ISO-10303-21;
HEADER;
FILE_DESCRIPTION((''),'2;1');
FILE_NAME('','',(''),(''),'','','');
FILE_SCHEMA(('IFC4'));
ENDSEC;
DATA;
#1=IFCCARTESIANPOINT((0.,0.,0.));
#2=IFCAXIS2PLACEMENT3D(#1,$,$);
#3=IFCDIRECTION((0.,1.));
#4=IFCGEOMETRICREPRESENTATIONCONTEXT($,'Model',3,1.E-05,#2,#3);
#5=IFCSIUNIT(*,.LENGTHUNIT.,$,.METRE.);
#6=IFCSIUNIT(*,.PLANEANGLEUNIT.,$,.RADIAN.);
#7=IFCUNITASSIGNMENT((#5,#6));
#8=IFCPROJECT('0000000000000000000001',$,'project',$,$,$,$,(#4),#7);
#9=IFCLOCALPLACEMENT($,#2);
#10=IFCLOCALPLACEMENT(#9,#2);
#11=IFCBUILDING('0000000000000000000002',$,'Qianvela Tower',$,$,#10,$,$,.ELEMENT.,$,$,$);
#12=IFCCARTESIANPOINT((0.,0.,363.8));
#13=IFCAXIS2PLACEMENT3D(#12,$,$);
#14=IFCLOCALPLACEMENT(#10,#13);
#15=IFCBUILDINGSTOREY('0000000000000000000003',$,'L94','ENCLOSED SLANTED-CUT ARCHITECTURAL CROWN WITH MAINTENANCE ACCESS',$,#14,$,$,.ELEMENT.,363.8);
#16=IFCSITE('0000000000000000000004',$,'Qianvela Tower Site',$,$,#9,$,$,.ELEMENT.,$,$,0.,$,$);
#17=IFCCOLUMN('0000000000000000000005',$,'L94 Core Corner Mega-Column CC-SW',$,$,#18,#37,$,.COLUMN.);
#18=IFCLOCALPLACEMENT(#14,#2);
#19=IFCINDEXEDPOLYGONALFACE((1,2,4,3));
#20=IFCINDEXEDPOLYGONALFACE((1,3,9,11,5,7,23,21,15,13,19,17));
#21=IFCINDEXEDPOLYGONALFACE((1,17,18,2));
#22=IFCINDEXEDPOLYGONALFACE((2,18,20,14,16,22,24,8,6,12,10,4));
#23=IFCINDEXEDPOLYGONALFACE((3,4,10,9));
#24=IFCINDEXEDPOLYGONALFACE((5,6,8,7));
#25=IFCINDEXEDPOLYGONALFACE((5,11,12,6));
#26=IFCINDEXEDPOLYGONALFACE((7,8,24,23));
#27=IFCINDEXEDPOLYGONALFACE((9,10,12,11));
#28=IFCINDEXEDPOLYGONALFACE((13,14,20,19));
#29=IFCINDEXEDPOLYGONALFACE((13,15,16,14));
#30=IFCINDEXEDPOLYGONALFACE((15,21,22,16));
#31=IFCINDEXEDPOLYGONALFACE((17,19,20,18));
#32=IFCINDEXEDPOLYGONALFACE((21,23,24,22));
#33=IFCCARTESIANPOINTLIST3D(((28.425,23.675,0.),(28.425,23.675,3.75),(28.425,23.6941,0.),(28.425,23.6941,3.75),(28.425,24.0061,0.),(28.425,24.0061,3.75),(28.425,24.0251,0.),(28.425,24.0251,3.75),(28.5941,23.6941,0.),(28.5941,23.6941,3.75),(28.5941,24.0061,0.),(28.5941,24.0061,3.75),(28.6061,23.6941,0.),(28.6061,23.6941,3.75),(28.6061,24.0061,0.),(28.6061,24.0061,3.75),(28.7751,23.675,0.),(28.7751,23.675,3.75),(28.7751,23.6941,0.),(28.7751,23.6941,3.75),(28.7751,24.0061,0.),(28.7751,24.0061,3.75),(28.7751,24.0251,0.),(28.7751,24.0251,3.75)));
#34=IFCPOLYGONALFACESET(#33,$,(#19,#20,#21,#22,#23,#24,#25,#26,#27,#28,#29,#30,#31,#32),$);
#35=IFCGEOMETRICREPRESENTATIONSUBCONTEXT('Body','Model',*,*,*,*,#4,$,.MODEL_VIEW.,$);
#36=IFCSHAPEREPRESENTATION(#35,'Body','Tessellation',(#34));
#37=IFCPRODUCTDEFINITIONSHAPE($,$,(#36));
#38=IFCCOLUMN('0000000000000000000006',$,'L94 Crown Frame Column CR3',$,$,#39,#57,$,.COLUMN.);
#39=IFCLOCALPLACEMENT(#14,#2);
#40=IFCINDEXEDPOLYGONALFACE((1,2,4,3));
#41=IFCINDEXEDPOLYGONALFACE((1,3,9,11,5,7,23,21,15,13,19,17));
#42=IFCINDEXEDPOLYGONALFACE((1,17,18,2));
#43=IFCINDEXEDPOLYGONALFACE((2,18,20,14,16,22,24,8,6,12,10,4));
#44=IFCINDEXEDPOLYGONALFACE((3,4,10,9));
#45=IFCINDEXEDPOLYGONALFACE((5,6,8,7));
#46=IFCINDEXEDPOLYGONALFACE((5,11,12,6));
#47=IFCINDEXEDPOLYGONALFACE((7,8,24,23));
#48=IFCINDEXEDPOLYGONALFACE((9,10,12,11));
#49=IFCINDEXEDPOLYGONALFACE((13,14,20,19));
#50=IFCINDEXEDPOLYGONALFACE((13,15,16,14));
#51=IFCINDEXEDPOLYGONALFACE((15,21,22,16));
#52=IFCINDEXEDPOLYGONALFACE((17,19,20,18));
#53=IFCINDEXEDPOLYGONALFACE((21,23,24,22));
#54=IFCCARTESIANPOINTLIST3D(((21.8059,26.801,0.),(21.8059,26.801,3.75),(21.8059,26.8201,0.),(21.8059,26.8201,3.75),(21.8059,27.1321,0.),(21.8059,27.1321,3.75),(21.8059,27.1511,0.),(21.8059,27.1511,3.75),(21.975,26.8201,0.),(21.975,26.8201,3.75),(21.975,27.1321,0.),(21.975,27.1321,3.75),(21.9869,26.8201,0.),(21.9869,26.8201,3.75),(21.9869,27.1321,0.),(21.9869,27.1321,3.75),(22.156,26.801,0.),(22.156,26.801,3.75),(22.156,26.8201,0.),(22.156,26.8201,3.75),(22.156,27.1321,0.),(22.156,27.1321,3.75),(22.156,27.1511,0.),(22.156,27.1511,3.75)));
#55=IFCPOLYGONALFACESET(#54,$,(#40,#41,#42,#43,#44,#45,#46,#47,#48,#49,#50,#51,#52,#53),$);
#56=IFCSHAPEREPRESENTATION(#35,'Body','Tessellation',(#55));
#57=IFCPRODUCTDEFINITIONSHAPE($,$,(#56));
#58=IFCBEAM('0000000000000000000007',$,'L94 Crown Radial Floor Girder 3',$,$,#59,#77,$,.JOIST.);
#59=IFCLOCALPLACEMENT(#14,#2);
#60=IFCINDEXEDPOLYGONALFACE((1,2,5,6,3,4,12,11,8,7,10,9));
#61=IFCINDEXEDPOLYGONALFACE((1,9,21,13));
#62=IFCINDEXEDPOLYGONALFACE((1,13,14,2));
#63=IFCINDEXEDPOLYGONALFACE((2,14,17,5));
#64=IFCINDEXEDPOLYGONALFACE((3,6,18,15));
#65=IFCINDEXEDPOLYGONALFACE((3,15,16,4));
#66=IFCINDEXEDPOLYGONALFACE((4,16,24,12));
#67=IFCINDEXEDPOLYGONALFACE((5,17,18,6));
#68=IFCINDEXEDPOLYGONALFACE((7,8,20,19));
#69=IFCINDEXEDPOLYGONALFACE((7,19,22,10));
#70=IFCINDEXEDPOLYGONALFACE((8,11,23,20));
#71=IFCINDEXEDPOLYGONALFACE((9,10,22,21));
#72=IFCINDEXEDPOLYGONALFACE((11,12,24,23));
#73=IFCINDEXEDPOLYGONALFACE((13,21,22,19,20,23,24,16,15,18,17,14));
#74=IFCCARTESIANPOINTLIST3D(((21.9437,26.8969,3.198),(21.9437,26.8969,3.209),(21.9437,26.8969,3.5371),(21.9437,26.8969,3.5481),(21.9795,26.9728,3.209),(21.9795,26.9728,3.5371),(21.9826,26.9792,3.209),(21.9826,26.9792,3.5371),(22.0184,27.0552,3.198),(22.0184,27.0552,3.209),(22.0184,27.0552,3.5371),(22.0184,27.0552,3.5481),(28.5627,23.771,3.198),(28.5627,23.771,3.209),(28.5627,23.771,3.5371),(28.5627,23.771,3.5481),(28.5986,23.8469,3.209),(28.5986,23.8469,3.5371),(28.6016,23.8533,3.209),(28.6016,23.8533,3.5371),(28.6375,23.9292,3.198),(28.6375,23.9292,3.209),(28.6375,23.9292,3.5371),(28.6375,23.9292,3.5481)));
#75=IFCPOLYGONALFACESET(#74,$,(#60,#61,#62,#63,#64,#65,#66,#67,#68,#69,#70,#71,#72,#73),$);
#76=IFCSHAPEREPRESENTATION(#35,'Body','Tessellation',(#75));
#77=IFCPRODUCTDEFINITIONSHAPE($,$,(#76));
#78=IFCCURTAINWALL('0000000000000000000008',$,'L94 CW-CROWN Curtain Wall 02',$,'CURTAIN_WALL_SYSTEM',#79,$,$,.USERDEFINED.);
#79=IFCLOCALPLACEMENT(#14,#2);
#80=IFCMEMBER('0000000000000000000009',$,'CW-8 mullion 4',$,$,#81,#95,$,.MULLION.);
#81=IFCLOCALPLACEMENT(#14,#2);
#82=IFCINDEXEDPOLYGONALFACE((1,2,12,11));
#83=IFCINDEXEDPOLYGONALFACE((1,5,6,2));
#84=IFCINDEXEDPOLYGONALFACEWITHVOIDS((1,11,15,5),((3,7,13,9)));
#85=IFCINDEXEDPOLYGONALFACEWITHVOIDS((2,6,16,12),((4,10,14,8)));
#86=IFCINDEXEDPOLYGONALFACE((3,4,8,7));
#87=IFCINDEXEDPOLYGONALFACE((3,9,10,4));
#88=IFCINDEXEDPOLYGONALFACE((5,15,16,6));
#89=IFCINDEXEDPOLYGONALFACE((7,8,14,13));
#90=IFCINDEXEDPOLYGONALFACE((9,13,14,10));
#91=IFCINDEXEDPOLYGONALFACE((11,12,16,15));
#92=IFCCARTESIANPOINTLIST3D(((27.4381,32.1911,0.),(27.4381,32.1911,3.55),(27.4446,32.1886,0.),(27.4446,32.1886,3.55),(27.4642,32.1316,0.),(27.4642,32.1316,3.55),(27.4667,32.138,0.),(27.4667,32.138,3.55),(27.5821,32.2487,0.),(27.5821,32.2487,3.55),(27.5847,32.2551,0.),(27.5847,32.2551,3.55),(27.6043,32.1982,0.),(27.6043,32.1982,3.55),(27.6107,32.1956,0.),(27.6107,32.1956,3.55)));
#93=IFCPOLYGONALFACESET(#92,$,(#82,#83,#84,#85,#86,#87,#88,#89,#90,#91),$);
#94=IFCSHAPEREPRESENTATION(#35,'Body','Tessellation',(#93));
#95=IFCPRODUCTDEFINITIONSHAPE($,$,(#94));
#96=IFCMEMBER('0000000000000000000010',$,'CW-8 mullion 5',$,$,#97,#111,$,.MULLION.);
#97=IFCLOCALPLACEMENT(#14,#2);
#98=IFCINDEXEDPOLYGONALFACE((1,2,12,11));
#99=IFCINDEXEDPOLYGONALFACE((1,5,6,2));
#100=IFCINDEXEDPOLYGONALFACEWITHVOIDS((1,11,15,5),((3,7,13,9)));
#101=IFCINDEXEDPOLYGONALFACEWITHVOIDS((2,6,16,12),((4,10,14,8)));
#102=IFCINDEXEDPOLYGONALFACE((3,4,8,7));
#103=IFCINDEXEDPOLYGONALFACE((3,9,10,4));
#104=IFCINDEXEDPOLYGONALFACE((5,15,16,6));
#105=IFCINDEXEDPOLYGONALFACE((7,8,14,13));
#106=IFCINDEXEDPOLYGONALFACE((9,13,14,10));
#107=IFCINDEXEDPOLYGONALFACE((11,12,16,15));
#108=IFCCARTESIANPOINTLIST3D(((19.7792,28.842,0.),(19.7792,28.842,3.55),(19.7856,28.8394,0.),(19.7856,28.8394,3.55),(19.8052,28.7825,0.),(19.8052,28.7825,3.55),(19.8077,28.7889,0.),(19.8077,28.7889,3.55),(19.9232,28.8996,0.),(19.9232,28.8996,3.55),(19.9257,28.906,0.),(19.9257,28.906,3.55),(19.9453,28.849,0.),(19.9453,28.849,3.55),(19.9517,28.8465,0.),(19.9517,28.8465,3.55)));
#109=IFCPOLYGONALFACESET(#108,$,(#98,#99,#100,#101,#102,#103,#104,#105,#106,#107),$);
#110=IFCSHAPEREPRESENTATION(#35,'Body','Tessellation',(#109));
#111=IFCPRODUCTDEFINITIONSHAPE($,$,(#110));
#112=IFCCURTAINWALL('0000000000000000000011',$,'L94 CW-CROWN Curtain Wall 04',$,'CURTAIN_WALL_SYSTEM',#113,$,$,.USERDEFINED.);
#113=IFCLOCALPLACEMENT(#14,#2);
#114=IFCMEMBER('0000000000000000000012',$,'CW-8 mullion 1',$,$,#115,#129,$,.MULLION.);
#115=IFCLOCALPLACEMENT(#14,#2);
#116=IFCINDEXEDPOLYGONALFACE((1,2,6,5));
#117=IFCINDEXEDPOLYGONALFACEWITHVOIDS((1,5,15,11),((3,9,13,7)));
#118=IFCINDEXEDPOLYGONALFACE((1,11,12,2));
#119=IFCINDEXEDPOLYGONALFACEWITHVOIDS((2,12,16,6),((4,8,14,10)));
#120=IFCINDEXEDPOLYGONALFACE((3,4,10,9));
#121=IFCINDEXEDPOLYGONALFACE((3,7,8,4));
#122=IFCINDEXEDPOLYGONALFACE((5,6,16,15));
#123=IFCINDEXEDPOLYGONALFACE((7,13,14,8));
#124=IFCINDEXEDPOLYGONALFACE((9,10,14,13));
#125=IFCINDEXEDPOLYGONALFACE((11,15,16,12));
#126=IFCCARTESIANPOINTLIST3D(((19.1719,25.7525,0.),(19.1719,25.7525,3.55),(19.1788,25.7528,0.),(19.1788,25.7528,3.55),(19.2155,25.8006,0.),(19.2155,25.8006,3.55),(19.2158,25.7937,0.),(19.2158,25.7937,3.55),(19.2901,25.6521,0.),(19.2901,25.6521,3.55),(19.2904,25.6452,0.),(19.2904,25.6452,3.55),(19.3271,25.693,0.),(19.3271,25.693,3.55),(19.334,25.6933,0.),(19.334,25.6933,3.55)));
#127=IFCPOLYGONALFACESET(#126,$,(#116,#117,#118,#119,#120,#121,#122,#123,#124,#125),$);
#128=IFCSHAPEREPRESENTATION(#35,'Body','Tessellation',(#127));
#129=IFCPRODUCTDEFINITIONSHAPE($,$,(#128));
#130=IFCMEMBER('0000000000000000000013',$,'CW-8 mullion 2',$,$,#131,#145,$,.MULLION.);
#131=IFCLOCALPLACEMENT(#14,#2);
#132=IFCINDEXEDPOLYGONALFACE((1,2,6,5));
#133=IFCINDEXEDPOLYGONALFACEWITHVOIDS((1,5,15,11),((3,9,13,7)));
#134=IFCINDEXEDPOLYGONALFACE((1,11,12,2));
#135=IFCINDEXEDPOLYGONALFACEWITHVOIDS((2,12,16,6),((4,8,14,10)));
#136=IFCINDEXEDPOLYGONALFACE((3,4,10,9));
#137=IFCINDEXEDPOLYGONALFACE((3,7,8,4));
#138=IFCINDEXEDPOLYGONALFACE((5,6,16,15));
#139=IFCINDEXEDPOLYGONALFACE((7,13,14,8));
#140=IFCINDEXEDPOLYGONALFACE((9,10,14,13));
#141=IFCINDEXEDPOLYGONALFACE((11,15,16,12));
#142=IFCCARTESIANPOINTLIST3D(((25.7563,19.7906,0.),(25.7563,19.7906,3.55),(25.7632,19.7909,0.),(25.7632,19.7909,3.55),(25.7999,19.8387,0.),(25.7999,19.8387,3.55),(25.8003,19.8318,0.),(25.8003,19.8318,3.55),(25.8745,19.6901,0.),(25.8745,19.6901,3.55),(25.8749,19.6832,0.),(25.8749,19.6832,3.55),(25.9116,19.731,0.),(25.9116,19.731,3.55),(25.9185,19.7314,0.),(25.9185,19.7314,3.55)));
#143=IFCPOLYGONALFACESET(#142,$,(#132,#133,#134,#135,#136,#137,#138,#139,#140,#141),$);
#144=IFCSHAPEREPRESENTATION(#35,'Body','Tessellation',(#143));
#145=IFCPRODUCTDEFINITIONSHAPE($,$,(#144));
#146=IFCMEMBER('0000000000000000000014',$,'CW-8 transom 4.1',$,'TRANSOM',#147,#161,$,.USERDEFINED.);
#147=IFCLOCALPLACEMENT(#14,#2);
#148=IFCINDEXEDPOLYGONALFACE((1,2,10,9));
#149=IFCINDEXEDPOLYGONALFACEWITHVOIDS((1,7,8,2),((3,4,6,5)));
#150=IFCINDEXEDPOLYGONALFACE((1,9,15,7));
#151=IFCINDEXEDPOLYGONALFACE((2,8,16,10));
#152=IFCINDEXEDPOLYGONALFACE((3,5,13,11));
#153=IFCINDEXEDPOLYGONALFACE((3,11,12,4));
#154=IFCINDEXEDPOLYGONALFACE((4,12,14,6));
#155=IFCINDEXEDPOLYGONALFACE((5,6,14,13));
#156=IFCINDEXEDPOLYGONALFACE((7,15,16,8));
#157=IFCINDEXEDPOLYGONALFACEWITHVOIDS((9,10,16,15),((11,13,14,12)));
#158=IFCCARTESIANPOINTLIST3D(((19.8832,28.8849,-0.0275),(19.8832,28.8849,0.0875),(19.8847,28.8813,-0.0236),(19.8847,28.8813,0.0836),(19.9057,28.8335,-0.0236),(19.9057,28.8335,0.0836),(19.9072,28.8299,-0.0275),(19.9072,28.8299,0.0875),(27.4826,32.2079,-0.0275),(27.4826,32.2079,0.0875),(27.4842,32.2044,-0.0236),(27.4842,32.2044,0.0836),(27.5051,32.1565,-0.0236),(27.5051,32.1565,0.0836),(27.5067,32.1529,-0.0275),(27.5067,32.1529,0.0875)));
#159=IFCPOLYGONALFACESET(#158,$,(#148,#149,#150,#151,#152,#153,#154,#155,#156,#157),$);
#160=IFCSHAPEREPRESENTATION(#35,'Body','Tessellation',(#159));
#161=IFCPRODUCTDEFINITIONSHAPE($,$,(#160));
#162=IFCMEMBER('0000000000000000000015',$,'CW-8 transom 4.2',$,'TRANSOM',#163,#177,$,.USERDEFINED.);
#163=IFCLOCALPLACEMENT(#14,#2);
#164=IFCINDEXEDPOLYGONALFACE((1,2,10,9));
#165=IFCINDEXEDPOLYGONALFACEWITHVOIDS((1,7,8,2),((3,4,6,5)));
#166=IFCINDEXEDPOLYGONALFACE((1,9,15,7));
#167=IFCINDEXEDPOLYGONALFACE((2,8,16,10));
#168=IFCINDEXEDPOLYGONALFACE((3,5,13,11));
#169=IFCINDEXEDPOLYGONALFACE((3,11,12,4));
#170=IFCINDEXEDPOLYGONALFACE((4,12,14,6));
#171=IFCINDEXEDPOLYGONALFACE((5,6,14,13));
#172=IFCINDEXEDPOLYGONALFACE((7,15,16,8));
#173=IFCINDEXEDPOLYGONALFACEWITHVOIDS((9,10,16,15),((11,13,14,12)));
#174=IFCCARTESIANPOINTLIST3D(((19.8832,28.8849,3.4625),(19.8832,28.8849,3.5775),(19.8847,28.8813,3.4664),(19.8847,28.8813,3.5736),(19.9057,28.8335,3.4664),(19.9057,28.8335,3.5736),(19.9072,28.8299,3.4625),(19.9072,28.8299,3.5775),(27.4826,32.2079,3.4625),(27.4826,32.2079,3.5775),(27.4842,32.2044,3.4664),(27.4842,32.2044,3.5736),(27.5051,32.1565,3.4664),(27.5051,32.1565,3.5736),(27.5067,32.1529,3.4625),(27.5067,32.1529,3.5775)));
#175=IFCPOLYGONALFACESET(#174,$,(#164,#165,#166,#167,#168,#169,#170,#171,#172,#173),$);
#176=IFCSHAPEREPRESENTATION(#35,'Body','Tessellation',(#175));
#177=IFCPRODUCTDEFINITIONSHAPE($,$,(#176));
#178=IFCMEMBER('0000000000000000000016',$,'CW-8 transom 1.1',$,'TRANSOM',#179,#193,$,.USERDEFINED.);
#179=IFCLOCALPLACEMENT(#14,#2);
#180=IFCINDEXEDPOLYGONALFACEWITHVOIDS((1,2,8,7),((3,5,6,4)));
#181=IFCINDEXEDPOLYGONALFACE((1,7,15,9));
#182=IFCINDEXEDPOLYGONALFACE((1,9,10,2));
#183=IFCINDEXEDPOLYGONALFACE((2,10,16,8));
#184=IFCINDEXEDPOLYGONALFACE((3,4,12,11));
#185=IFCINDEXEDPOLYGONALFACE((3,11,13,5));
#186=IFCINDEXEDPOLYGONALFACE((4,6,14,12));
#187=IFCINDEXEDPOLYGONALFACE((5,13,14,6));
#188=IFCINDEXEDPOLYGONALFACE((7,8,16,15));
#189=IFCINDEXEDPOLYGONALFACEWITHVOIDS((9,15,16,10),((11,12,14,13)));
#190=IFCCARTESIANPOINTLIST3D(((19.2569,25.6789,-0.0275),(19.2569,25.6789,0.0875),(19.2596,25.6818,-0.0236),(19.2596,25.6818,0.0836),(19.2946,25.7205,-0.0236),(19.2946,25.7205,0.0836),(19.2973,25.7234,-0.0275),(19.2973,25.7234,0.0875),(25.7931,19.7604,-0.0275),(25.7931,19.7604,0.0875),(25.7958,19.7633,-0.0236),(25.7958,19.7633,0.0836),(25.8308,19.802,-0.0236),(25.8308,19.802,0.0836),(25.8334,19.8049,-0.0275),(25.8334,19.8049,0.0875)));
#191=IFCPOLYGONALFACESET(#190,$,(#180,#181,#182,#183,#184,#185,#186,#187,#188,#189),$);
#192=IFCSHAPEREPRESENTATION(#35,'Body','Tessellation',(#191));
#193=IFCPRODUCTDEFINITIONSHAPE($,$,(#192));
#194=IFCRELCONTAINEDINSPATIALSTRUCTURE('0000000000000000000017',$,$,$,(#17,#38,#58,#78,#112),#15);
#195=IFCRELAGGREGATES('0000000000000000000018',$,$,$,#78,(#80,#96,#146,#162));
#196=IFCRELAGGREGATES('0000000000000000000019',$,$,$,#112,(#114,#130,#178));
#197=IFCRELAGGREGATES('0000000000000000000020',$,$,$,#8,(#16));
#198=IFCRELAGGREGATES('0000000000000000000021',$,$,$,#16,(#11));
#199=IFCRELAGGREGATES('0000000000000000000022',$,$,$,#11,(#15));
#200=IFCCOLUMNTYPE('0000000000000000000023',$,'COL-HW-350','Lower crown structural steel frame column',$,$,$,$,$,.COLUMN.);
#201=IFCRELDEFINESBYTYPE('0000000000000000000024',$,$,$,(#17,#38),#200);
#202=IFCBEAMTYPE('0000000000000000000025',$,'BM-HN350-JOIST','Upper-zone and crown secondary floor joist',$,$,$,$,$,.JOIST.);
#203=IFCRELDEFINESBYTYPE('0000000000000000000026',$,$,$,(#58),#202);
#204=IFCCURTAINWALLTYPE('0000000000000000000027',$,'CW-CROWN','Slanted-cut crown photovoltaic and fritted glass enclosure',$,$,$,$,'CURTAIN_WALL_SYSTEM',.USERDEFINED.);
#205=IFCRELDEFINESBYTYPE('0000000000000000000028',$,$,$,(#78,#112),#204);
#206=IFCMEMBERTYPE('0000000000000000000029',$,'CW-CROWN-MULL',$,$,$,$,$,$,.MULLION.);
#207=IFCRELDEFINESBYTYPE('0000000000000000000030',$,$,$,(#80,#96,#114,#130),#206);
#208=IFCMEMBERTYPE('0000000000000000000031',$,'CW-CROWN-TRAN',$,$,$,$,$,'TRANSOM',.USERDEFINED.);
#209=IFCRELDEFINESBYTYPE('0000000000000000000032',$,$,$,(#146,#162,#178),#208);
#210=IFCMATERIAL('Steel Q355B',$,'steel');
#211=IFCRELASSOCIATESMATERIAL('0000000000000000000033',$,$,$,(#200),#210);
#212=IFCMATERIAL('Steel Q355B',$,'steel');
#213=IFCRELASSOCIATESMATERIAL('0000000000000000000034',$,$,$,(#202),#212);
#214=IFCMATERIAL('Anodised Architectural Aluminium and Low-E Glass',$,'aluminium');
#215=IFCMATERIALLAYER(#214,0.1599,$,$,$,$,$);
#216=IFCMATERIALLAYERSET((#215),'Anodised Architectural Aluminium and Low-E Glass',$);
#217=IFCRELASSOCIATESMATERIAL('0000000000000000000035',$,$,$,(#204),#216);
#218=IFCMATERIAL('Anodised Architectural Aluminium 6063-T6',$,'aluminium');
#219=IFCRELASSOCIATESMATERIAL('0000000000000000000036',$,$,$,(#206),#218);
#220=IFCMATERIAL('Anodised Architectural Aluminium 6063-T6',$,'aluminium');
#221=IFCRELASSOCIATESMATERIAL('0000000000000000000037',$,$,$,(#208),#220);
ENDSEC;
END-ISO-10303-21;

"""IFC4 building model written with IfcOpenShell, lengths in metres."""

from ifc_helpers import new_model, si_unit, direction, frame, origin, origin_2d, place, context, subcontext, project, spatial, hollow_rectangle, i_section, extrude, material, layer, layer_set, material_profile, profile_set, type_object, element, aggregate, save


model = new_model("IFC4")

# Units and contexts
model_context = context("Model", 3, precision=1e-05, world=origin(), true_north=direction((0.0, 1.0)))
body_context = subcontext(model_context, "Body", "Model", "MODEL_VIEW")
ifc_project = project(units=[si_unit("LENGTHUNIT", "METRE"), si_unit("PLANEANGLEUNIT", "RADIAN")], contexts=[model_context])

# Site, building, storey
site_placement = place(None, origin())
site = spatial("IfcSite", under=ifc_project, at=site_placement, Name="Qianvela Tower Site", CompositionType="ELEMENT", RefElevation=0.0)
building_placement = place(site_placement, origin())
building = spatial("IfcBuilding", under=site, at=building_placement, Name="Qianvela Tower", CompositionType="ELEMENT")
storey_placement = place(building_placement, frame((0.0, 0.0, 363.8)))
storey = spatial("IfcBuildingStorey", under=building, at=storey_placement, Name="L94", Description="ENCLOSED SLANTED-CUT ARCHITECTURAL CROWN WITH MAINTENANCE ACCESS", CompositionType="ELEMENT", Elevation=363.8)

# Columns
ifc_material_1 = material(Name="Steel Q355B", Category="steel")
ifc_material_profile_1 = material_profile(ifc_material_1, i_section(OverallWidth=0.3501, OverallDepth=0.3501, WebThickness=0.012, FlangeThickness=0.019, at=origin_2d()), Name="HW350x350x12x19")
ifc_profile_set_1 = profile_set([ifc_material_profile_1], Name="Steel Q355B")
column_type = type_object("IfcColumnType", Name="COL-HW-350", Description="Lower crown structural steel frame column", PredefinedType="COLUMN", material=ifc_profile_set_1)
for number, where, z_axis, x_axis, name in (
    (1, (28.6001, 23.8501, 0.0), (0.0, 0.0, 1.0), (1.0, 0.0, 0.0), "L94 Core Corner Mega-Column CC-SW"),
    (2, (21.981, 26.9761, 0.0), (0.0, 0.0, 1.0), (1.0, 0.0, 0.0), "L94 Crown Frame Column CR3"),
):
    element("IfcColumn", number, at=place(storey_placement, frame(where, z_axis=z_axis, x_axis=x_axis)), inside=storey, type_object=column_type, Name=name, PredefinedType="COLUMN", context=body_context, shape_type="SweptSolid", body=[
        extrude(i_section(OverallWidth=0.3501, OverallDepth=0.3501, WebThickness=0.012, FlangeThickness=0.019, at=origin_2d()), origin(), (0.0, 0.0, 1.0), 3.75),
    ])

# Beam
ifc_material_2 = material(Name="Steel Q355B", Category="steel")
ifc_material_profile_2 = material_profile(ifc_material_2, i_section(OverallWidth=0.175, OverallDepth=0.3501, WebThickness=0.0071, FlangeThickness=0.011, at=origin_2d()), Name="HN350x175x7x11")
ifc_profile_set_2 = profile_set([ifc_material_profile_2], Name="Steel Q355B")
beam_type = type_object("IfcBeamType", Name="BM-HN350-JOIST", Description="Upper-zone and crown secondary floor joist", PredefinedType="JOIST", material=ifc_profile_set_2)
beam_placement = place(storey_placement, frame((28.6001, 23.8501, 3.373), z_axis=(-0.904234, 0.427037, 0.0), x_axis=(-0.427037, -0.904234, 0.0)))
element("IfcBeam", 3, at=beam_placement, inside=storey, type_object=beam_type, Name="L94 Crown Radial Floor Girder 3", PredefinedType="JOIST", context=body_context, shape_type="SweptSolid", body=[
    extrude(i_section(OverallWidth=0.175, OverallDepth=0.3501, WebThickness=0.0071, FlangeThickness=0.011, at=origin_2d()), origin(), (0.0, 0.0, 1.0), 7.3201),
])

# Curtain walls, members
ifc_material_3 = material(Name="Anodised Architectural Aluminium and Low-E Glass", Category="aluminium")
ifc_layer_1 = layer(ifc_material_3, 0.1599)
ifc_layer_set_1 = layer_set([ifc_layer_1], Name="Anodised Architectural Aluminium and Low-E Glass")
curtain_wall_type = type_object("IfcCurtainWallType", Name="CW-CROWN", Description="Slanted-cut crown photovoltaic and fritted glass enclosure", ElementType="CURTAIN_WALL_SYSTEM", PredefinedType="USERDEFINED", material=ifc_layer_set_1)
curtain_wall_1_placement = place(storey_placement, origin())
curtain_wall_1 = element("IfcCurtainWall", 4, at=curtain_wall_1_placement, inside=storey, type_object=curtain_wall_type, Name="L94 CW-CROWN Curtain Wall 02", ObjectType="CURTAIN_WALL_SYSTEM", PredefinedType="USERDEFINED")
ifc_material_4 = material(Name="Anodised Architectural Aluminium 6063-T6", Category="aluminium")
ifc_material_profile_3 = material_profile(ifc_material_4, hollow_rectangle(XDim=0.0649, YDim=0.1599, WallThickness=0.0049, at=origin_2d()), Name="ALU-MULL-65x160")
ifc_profile_set_3 = profile_set([ifc_material_profile_3], Name="Anodised Architectural Aluminium 6063-T6")
member_type_1 = type_object("IfcMemberType", Name="CW-CROWN-MULL", PredefinedType="MULLION", material=ifc_profile_set_3)
member_1_placement = place(storey_placement, frame((27.5244, 32.1934, 0.0), z_axis=(0.0, 0.0, 1.0), x_axis=(0.400642, -0.916235, 0.0)))
member_1 = element("IfcMember", 5, at=member_1_placement, type_object=member_type_1, Name="CW-8 mullion 4", PredefinedType="MULLION", context=body_context, shape_type="SweptSolid", body=[
    extrude(hollow_rectangle(XDim=0.0649, YDim=0.1599, WallThickness=0.0049, at=origin_2d()), origin(), (0.0, 0.0, 1.0), 3.55),
])
member_2_placement = place(storey_placement, frame((19.8655, 28.8442, 0.0), z_axis=(0.0, 0.0, 1.0), x_axis=(0.400642, -0.916235, 0.0)))
member_2 = element("IfcMember", 6, at=member_2_placement, type_object=member_type_1, Name="CW-8 mullion 5", PredefinedType="MULLION", context=body_context, shape_type="SweptSolid", body=[
    extrude(hollow_rectangle(XDim=0.0649, YDim=0.1599, WallThickness=0.0049, at=origin_2d()), origin(), (0.0, 0.0, 1.0), 3.55),
])
curtain_wall_2_placement = place(storey_placement, origin())
curtain_wall_2 = element("IfcCurtainWall", 7, at=curtain_wall_2_placement, inside=storey, type_object=curtain_wall_type, Name="L94 CW-CROWN Curtain Wall 04", ObjectType="CURTAIN_WALL_SYSTEM", PredefinedType="USERDEFINED")
member_3_placement = place(storey_placement, frame((19.2529, 25.7229, 0.0), z_axis=(0.0, 0.0, 1.0), x_axis=(0.671204, 0.741273, 0.0)))
member_3 = element("IfcMember", 8, at=member_3_placement, type_object=member_type_1, Name="CW-8 mullion 1", PredefinedType="MULLION", context=body_context, shape_type="SweptSolid", body=[
    extrude(hollow_rectangle(XDim=0.0649, YDim=0.1599, WallThickness=0.0049, at=origin_2d()), origin(), (0.0, 0.0, 1.0), 3.55),
])
member_4_placement = place(storey_placement, frame((25.8374, 19.761, 0.0), z_axis=(0.0, 0.0, 1.0), x_axis=(0.671204, 0.741273, 0.0)))
member_4 = element("IfcMember", 9, at=member_4_placement, type_object=member_type_1, Name="CW-8 mullion 2", PredefinedType="MULLION", context=body_context, shape_type="SweptSolid", body=[
    extrude(hollow_rectangle(XDim=0.0649, YDim=0.1599, WallThickness=0.0049, at=origin_2d()), origin(), (0.0, 0.0, 1.0), 3.55),
])

# Members
ifc_material_5 = material(Name="Anodised Architectural Aluminium 6063-T6", Category="aluminium")
ifc_material_profile_4 = material_profile(ifc_material_5, hollow_rectangle(XDim=0.0601, YDim=0.115, WallThickness=0.0039, at=origin_2d()), Name="ALU-TRAN-60x115")
ifc_profile_set_4 = profile_set([ifc_material_profile_4], Name="Anodised Architectural Aluminium 6063-T6")
member_type_2 = type_object("IfcMemberType", Name="CW-CROWN-TRAN", ElementType="TRANSOM", PredefinedType="USERDEFINED", material=ifc_profile_set_4)
member_5_placement = place(storey_placement, frame((27.4946, 32.1804, 0.03), z_axis=(-0.916234, -0.400644, 0.0), x_axis=(0.400644, -0.916234, 0.0)))
member_5 = element("IfcMember", 10, at=member_5_placement, type_object=member_type_2, Name="CW-8 transom 4.1", ObjectType="TRANSOM", PredefinedType="USERDEFINED", context=body_context, shape_type="SweptSolid", body=[
    extrude(hollow_rectangle(XDim=0.0601, YDim=0.115, WallThickness=0.0039, at=origin_2d()), origin(), (0.0, 0.0, 1.0), 8.2942),
])
member_6_placement = place(storey_placement, frame((27.4946, 32.1804, 3.52), z_axis=(-0.916234, -0.400644, 0.0), x_axis=(0.400644, -0.916234, 0.0)))
member_6 = element("IfcMember", 11, at=member_6_placement, type_object=member_type_2, Name="CW-8 transom 4.2", ObjectType="TRANSOM", PredefinedType="USERDEFINED", context=body_context, shape_type="SweptSolid", body=[
    extrude(hollow_rectangle(XDim=0.0601, YDim=0.115, WallThickness=0.0039, at=origin_2d()), origin(), (0.0, 0.0, 1.0), 8.2942),
])
member_7_placement = place(storey_placement, frame((19.2771, 25.7012, 0.03), z_axis=(0.741264, -0.671213, 0.0), x_axis=(0.671213, 0.741264, 0.0)))
member_7 = element("IfcMember", 12, at=member_7_placement, type_object=member_type_2, Name="CW-8 transom 1.1", ObjectType="TRANSOM", PredefinedType="USERDEFINED", context=body_context, shape_type="SweptSolid", body=[
    extrude(hollow_rectangle(XDim=0.0601, YDim=0.115, WallThickness=0.0039, at=origin_2d()), origin(), (0.0, 0.0, 1.0), 8.8176),
])

aggregate(curtain_wall_1, [member_1, member_2, member_5, member_6])
aggregate(curtain_wall_2, [member_3, member_4, member_7])

save(model, "model.ifc")
